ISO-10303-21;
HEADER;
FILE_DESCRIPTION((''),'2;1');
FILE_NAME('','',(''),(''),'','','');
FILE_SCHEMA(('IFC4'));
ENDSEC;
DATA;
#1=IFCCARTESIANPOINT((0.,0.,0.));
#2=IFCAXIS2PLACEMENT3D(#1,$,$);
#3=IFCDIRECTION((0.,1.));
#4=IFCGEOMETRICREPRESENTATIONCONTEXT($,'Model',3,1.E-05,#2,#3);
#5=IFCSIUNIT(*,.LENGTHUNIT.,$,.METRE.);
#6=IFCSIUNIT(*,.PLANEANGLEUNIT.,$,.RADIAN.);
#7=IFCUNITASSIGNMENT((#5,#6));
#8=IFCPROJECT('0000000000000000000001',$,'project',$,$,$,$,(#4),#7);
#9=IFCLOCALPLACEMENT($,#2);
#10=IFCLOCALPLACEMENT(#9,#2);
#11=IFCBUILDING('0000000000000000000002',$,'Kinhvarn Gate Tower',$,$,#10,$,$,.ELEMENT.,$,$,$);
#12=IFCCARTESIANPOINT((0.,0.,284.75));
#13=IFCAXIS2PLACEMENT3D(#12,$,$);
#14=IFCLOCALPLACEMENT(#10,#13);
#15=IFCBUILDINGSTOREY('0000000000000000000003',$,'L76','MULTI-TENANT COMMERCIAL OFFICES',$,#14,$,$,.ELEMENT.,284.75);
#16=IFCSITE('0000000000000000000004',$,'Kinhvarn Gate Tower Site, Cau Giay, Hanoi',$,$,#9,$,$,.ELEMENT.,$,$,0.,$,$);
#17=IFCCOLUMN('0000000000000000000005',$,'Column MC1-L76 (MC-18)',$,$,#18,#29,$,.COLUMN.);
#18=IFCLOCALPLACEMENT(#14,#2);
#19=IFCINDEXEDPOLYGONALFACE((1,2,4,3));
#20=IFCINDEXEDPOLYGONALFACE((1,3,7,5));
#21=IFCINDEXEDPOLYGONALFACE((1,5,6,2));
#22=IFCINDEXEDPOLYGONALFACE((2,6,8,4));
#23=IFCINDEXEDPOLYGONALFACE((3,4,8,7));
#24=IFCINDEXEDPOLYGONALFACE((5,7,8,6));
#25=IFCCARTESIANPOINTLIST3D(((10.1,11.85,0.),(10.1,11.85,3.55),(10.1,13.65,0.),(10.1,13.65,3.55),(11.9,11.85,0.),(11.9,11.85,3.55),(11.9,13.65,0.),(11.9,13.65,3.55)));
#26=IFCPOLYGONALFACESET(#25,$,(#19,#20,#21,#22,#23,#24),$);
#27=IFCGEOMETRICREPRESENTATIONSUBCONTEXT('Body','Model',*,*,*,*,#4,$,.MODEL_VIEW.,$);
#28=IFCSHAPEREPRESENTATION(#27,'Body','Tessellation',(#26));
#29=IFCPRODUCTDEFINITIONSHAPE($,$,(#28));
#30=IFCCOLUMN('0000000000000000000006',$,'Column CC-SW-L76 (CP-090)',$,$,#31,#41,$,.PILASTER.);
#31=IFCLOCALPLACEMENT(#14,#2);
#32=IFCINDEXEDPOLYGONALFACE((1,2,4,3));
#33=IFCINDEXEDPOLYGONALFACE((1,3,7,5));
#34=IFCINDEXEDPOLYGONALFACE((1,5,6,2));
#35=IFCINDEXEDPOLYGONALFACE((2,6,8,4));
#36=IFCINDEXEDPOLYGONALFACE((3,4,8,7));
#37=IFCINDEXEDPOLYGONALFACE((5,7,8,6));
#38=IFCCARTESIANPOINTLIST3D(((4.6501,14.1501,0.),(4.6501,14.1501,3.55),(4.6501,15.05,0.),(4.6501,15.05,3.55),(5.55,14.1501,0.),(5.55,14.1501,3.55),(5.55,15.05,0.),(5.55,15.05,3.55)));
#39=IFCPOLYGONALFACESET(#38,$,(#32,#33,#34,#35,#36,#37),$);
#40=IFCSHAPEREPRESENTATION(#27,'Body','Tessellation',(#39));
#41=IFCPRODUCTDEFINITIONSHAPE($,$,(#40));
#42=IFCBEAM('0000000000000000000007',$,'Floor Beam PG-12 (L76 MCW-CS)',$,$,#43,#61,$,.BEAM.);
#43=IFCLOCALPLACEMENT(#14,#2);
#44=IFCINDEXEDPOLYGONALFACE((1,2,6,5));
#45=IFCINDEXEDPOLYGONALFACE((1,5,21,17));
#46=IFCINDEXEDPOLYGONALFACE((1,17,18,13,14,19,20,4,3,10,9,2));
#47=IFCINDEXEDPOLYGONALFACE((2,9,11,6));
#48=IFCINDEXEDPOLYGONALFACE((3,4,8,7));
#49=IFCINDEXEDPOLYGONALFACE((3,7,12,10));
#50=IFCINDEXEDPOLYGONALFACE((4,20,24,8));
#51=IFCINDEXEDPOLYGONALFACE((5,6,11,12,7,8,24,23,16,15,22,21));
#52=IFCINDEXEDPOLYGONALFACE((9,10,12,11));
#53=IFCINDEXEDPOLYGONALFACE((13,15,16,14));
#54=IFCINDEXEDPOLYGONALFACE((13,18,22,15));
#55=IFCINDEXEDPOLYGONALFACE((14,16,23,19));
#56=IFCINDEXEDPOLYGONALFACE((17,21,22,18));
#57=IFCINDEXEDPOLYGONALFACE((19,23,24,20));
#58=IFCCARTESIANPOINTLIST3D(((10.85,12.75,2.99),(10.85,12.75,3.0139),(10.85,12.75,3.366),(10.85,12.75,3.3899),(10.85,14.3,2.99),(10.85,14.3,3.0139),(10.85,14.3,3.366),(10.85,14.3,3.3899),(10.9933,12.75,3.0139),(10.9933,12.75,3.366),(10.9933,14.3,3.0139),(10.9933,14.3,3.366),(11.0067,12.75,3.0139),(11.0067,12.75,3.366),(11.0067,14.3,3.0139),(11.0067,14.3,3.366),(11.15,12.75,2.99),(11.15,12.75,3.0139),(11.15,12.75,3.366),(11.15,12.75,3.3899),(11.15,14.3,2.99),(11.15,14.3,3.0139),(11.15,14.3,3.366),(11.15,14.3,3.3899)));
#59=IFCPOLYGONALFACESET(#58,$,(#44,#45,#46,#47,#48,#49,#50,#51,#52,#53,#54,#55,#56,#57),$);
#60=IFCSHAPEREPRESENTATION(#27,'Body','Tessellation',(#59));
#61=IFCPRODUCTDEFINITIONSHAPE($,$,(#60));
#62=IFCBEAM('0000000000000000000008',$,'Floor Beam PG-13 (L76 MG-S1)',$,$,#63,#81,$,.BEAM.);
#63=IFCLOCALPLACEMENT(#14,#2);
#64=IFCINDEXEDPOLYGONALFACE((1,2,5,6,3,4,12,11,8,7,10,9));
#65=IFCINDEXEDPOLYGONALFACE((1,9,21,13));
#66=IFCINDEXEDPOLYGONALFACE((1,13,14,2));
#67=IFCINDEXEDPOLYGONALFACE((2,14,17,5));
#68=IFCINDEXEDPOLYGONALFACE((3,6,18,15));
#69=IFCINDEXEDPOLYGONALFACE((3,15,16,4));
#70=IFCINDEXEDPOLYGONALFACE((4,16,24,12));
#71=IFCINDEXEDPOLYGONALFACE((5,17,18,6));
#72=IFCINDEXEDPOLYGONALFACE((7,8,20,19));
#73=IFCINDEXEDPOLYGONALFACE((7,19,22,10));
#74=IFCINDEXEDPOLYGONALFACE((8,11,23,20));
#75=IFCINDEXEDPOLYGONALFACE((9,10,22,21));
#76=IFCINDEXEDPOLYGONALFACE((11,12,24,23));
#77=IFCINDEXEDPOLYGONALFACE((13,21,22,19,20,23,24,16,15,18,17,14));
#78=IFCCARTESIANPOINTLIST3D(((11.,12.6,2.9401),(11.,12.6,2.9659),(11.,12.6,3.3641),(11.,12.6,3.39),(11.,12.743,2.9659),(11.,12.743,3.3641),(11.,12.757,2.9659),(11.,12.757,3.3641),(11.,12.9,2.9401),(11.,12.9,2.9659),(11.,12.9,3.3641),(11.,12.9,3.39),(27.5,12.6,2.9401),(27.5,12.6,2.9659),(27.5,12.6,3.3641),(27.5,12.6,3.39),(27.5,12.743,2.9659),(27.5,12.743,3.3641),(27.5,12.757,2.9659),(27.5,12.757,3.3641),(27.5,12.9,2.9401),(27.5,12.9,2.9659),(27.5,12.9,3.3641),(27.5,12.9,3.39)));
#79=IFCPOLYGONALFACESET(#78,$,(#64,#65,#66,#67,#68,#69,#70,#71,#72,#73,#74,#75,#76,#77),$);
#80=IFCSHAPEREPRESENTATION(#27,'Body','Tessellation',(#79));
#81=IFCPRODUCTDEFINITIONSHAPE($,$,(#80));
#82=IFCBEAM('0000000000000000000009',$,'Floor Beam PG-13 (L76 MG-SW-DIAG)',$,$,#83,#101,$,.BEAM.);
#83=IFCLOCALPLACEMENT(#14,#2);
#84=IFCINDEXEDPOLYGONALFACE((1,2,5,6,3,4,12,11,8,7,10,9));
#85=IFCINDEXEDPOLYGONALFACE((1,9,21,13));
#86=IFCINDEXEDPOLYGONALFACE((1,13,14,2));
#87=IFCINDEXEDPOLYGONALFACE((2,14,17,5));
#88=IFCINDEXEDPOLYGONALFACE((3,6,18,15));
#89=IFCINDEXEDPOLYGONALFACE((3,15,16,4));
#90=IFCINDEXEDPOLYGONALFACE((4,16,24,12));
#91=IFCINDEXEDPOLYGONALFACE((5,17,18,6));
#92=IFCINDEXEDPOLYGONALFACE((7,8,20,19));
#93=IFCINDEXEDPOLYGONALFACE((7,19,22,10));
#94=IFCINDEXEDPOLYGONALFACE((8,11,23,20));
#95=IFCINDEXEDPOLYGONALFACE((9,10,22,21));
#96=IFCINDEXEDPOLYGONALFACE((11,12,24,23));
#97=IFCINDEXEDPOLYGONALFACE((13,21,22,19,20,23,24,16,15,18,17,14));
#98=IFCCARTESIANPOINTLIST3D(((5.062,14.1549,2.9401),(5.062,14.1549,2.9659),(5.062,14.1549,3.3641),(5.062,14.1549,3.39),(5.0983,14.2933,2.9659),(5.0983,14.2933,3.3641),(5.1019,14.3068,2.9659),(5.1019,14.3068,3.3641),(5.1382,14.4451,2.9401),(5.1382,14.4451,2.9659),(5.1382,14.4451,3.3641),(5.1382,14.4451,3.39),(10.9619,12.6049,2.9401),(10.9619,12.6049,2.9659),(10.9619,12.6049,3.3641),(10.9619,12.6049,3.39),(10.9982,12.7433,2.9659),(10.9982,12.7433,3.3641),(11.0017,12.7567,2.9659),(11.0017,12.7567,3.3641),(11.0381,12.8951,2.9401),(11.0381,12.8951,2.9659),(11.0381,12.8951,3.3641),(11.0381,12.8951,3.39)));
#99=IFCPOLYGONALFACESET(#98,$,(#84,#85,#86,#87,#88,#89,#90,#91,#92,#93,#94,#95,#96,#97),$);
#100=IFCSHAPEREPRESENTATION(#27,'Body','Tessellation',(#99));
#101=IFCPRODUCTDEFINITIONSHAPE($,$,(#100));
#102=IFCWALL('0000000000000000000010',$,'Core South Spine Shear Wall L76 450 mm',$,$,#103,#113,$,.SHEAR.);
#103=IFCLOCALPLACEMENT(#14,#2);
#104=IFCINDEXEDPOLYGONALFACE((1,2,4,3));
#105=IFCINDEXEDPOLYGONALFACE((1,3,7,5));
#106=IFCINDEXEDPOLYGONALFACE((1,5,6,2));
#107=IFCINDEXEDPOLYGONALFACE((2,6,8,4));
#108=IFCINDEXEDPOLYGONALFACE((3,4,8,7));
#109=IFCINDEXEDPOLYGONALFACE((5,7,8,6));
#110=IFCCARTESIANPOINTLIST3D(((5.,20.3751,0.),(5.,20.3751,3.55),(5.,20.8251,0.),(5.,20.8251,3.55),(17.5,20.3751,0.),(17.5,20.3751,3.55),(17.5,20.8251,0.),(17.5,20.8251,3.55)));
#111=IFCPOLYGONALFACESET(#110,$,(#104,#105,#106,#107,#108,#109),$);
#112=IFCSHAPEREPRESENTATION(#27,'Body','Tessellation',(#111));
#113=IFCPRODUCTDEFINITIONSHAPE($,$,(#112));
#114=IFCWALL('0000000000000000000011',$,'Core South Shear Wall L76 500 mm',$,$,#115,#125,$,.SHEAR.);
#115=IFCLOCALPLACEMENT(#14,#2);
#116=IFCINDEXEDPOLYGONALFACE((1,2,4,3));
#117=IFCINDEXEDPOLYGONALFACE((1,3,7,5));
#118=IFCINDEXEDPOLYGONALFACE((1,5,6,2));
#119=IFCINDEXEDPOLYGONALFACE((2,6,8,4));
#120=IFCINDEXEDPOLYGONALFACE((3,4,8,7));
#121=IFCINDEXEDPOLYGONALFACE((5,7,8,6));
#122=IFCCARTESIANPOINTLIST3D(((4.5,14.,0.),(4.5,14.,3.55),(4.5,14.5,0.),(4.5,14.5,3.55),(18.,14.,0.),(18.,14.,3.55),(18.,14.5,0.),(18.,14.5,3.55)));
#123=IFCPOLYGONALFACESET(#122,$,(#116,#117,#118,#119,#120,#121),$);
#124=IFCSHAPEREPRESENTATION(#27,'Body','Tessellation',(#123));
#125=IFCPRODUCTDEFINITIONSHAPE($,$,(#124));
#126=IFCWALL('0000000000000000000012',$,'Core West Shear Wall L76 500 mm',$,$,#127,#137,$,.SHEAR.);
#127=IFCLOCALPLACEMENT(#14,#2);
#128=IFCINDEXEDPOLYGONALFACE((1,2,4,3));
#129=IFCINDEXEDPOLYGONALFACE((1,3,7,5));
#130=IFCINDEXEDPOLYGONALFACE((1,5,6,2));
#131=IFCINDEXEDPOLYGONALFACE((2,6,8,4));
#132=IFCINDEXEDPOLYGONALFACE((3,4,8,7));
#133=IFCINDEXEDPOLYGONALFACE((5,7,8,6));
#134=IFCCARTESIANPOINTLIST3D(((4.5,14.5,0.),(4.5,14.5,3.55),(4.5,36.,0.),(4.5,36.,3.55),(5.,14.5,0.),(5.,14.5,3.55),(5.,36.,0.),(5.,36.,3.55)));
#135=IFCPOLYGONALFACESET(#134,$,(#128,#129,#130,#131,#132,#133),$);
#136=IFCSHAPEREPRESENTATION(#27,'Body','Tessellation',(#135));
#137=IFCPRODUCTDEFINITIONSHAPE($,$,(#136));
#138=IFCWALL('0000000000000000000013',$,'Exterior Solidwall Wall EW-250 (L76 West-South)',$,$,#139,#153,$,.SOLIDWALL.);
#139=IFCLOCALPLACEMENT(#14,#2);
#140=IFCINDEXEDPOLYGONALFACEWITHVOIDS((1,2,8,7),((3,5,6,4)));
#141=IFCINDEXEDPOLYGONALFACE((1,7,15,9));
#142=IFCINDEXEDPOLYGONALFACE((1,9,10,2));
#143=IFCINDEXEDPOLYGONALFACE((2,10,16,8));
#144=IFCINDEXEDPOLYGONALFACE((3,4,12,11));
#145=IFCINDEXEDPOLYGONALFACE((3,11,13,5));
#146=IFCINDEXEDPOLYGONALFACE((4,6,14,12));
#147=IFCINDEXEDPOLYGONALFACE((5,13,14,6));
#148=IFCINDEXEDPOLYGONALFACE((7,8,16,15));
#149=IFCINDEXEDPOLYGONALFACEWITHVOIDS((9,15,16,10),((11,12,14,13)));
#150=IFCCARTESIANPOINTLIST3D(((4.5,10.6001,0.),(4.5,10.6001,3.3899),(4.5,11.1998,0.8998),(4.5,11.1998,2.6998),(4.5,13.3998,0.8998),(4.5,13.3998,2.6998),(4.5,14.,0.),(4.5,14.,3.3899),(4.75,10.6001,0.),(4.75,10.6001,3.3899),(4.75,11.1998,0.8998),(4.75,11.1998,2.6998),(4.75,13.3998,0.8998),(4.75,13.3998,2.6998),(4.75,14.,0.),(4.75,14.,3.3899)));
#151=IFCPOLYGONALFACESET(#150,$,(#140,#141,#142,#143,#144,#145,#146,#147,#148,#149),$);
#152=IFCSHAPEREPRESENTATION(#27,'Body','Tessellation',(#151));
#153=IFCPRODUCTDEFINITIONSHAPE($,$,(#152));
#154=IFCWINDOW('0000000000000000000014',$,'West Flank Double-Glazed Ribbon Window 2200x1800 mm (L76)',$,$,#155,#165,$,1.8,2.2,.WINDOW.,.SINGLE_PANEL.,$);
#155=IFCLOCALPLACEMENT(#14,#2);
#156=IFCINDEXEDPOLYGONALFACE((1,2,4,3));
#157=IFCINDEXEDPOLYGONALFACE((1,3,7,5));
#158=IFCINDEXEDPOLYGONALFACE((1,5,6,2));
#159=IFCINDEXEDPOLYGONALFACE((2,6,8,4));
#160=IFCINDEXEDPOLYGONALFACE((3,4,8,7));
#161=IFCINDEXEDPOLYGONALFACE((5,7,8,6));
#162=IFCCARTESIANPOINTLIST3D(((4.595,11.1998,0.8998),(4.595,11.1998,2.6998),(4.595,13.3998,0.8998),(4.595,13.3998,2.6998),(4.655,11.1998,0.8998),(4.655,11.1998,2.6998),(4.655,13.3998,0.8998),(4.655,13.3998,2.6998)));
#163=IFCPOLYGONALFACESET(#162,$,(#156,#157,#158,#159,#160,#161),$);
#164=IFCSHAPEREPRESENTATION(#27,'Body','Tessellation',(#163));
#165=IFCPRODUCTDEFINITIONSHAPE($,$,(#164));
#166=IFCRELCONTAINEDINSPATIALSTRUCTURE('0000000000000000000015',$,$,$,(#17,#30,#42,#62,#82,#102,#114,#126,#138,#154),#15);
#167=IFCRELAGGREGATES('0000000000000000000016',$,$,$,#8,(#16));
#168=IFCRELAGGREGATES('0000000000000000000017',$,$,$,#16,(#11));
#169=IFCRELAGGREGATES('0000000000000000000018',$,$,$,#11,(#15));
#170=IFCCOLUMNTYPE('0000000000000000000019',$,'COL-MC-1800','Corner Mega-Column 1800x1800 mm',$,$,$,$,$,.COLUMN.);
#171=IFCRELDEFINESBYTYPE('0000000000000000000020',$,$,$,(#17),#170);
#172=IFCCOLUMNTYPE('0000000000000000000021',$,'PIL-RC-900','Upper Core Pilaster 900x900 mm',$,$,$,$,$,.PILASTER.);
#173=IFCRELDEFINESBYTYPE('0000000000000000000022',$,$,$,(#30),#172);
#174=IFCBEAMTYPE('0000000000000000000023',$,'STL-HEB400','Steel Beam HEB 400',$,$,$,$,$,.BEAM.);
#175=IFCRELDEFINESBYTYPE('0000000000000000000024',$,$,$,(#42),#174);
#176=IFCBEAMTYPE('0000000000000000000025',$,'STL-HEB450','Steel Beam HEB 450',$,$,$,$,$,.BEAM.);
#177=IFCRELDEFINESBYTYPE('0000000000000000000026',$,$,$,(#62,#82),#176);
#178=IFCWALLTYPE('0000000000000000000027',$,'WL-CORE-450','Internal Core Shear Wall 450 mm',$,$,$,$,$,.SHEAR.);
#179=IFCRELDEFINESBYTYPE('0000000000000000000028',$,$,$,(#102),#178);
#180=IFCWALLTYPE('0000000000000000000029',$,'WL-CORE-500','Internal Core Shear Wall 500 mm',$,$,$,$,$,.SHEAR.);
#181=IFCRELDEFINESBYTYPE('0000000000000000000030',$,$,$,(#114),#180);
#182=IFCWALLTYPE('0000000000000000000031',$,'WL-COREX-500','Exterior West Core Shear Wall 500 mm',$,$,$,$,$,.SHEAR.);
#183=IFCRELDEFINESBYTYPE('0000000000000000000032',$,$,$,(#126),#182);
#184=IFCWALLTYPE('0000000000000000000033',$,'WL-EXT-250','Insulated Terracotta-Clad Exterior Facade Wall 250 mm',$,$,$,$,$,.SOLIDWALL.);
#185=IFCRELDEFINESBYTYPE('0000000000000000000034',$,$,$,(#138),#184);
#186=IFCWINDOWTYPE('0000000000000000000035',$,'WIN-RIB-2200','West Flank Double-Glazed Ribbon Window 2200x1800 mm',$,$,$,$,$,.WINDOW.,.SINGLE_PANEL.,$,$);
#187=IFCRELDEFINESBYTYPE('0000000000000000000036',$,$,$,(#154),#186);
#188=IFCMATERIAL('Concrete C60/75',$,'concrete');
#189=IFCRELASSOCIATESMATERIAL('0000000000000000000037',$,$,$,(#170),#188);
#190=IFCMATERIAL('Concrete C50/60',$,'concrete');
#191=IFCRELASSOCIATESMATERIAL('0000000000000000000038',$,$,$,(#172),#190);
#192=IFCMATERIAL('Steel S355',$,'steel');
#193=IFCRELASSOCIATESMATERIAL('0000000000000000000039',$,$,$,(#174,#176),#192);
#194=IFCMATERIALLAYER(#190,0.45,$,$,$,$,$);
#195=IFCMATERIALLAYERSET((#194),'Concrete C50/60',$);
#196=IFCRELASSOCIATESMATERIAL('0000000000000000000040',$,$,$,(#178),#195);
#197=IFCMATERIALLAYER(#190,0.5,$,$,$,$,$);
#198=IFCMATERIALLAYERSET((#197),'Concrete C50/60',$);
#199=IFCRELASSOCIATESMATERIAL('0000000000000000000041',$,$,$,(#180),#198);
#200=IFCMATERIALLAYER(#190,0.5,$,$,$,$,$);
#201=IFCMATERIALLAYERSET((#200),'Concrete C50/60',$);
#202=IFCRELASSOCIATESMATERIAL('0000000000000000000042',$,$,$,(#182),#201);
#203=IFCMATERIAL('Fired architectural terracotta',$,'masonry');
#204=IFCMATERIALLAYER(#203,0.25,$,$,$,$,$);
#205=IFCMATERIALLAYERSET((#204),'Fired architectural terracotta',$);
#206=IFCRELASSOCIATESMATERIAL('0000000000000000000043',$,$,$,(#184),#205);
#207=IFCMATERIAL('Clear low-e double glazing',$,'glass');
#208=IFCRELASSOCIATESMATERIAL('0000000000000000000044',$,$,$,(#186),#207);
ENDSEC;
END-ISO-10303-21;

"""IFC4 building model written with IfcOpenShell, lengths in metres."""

from ifc_helpers import new_model, si_unit, direction, frame, frame_2d, origin, origin_2d, place, context, subcontext, project, spatial, rectangle, i_section, extrude, material, layer, layer_set, material_profile, profile_set, type_object, element, fill, save


model = new_model("IFC4")

# Units and contexts
model_context = context("Model", 3, precision=1e-05, world=origin(), true_north=direction((0.0, 1.0)))
body_context = subcontext(model_context, "Body", "Model", "MODEL_VIEW")
ifc_project = project(units=[si_unit("LENGTHUNIT", "METRE"), si_unit("PLANEANGLEUNIT", "RADIAN")], contexts=[model_context])

# Site, building, storey
site_placement = place(None, origin())
site = spatial("IfcSite", under=ifc_project, at=site_placement, Name="Kinhvarn Gate Tower Site, Cau Giay, Hanoi", CompositionType="ELEMENT", RefElevation=0.0)
building_placement = place(site_placement, origin())
building = spatial("IfcBuilding", under=site, at=building_placement, Name="Kinhvarn Gate Tower", CompositionType="ELEMENT")
storey_placement = place(building_placement, frame((0.0, 0.0, 284.75)))
storey = spatial("IfcBuildingStorey", under=building, at=storey_placement, Name="L76", Description="MULTI-TENANT COMMERCIAL OFFICES", CompositionType="ELEMENT", Elevation=284.75)

# Columns
ifc_material_1 = material(Name="Concrete C60/75", Category="concrete")
ifc_material_profile_1 = material_profile(ifc_material_1, rectangle(XDim=1.8, YDim=1.8, at=origin_2d()), Name="RC 1800x1800")
ifc_profile_set_1 = profile_set([ifc_material_profile_1], Name="Concrete C60/75")
column_type_1 = type_object("IfcColumnType", Name="COL-MC-1800", Description="Corner Mega-Column 1800x1800 mm", PredefinedType="COLUMN", material=ifc_profile_set_1)
column_1_placement = place(storey_placement, frame((11.0, 12.75, 0.0), z_axis=(0.0, 0.0, 1.0), x_axis=(1.0, 0.0, 0.0)))
element("IfcColumn", 1, at=column_1_placement, inside=storey, type_object=column_type_1, Name="Column MC1-L76 (MC-18)", PredefinedType="COLUMN", context=body_context, shape_type="SweptSolid", body=[
    extrude(rectangle(XDim=1.8, YDim=1.8, at=origin_2d()), origin(), (0.0, 0.0, 1.0), 3.55),
])
ifc_material_2 = material(Name="Concrete C50/60", Category="concrete")
ifc_material_profile_2 = material_profile(ifc_material_2, rectangle(XDim=0.8999, YDim=0.8999, at=origin_2d()), Name="RC 900x900")
ifc_profile_set_2 = profile_set([ifc_material_profile_2], Name="Concrete C50/60")
column_type_2 = type_object("IfcColumnType", Name="PIL-RC-900", Description="Upper Core Pilaster 900x900 mm", PredefinedType="PILASTER", material=ifc_profile_set_2)
column_2_placement = place(storey_placement, frame((5.1001, 14.6001, 0.0), z_axis=(0.0, 0.0, 1.0), x_axis=(1.0, 0.0, 0.0)))
element("IfcColumn", 2, at=column_2_placement, inside=storey, type_object=column_type_2, Name="Column CC-SW-L76 (CP-090)", PredefinedType="PILASTER", context=body_context, shape_type="SweptSolid", body=[
    extrude(rectangle(XDim=0.8999, YDim=0.8999, at=origin_2d()), origin(), (0.0, 0.0, 1.0), 3.55),
])

# Beams
ifc_material_3 = material(Name="Steel S355", Category="steel")
ifc_material_profile_3 = material_profile(ifc_material_3, i_section(OverallWidth=0.3, OverallDepth=0.3999, WebThickness=0.0134, FlangeThickness=0.0239, at=origin_2d()), Name="HEB 400")
ifc_profile_set_3 = profile_set([ifc_material_profile_3], Name="Steel S355")
beam_type_1 = type_object("IfcBeamType", Name="STL-HEB400", Description="Steel Beam HEB 400", PredefinedType="BEAM", material=ifc_profile_set_3)
beam_1_placement = place(storey_placement, frame((11.0, 12.75, 3.1899), z_axis=(0.0, 1.0, 0.0), x_axis=(-1.0, 0.0, 0.0)))
element("IfcBeam", 3, at=beam_1_placement, inside=storey, type_object=beam_type_1, Name="Floor Beam PG-12 (L76 MCW-CS)", PredefinedType="BEAM", context=body_context, shape_type="SweptSolid", body=[
    extrude(i_section(OverallWidth=0.3, OverallDepth=0.3999, WebThickness=0.0134, FlangeThickness=0.0239, at=origin_2d()), origin(), (0.0, 0.0, 1.0), 1.55),
])
ifc_material_profile_4 = material_profile(ifc_material_3, i_section(OverallWidth=0.3, OverallDepth=0.45, WebThickness=0.0139, FlangeThickness=0.0259, at=origin_2d()), Name="HEB 450")
ifc_profile_set_4 = profile_set([ifc_material_profile_4], Name="Steel S355")
beam_type_2 = type_object("IfcBeamType", Name="STL-HEB450", Description="Steel Beam HEB 450", PredefinedType="BEAM", material=ifc_profile_set_4)
beam_2_placement = place(storey_placement, frame((11.0, 12.75, 3.165), z_axis=(1.0, 0.0, 0.0), x_axis=(0.0, 1.0, 0.0)))
element("IfcBeam", 4, at=beam_2_placement, inside=storey, type_object=beam_type_2, Name="Floor Beam PG-13 (L76 MG-S1)", PredefinedType="BEAM", context=body_context, shape_type="SweptSolid", body=[
    extrude(i_section(OverallWidth=0.3, OverallDepth=0.45, WebThickness=0.0139, FlangeThickness=0.0259, at=origin_2d()), origin(), (0.0, 0.0, 1.0), 16.5),
])
beam_3_placement = place(storey_placement, frame((5.1001, 14.3, 3.165), z_axis=(0.967178, -0.254101, 0.0), x_axis=(0.254101, 0.967178, 0.0)))
element("IfcBeam", 5, at=beam_3_placement, inside=storey, type_object=beam_type_2, Name="Floor Beam PG-13 (L76 MG-SW-DIAG)", PredefinedType="BEAM", context=body_context, shape_type="SweptSolid", body=[
    extrude(i_section(OverallWidth=0.3, OverallDepth=0.45, WebThickness=0.0139, FlangeThickness=0.0259, at=origin_2d()), origin(), (0.0, 0.0, 1.0), 6.1001),
])

# Walls
ifc_layer_1 = layer(ifc_material_2, 0.45)
ifc_layer_set_1 = layer_set([ifc_layer_1], Name="Concrete C50/60")
wall_type_1 = type_object("IfcWallType", Name="WL-CORE-450", Description="Internal Core Shear Wall 450 mm", PredefinedType="SHEAR", material=ifc_layer_set_1)
wall_1_placement = place(storey_placement, frame((5.0, 20.6001, 0.0), z_axis=(0.0, 0.0, 1.0), x_axis=(1.0, 0.0, 0.0)))
element("IfcWall", 6, at=wall_1_placement, inside=storey, type_object=wall_type_1, Name="Core South Spine Shear Wall L76 450 mm", PredefinedType="SHEAR", context=body_context, shape_type="SweptSolid", body=[
    extrude(rectangle(XDim=12.5, YDim=0.45, at=frame_2d((6.25, 0.0))), origin(), (0.0, 0.0, 1.0), 3.55),
])
ifc_layer_2 = layer(ifc_material_2, 0.5)
ifc_layer_set_2 = layer_set([ifc_layer_2], Name="Concrete C50/60")
wall_type_2 = type_object("IfcWallType", Name="WL-CORE-500", Description="Internal Core Shear Wall 500 mm", PredefinedType="SHEAR", material=ifc_layer_set_2)
wall_2_placement = place(storey_placement, frame((4.5, 14.25, 0.0), z_axis=(0.0, 0.0, 1.0), x_axis=(1.0, 0.0, 0.0)))
element("IfcWall", 7, at=wall_2_placement, inside=storey, type_object=wall_type_2, Name="Core South Shear Wall L76 500 mm", PredefinedType="SHEAR", context=body_context, shape_type="SweptSolid", body=[
    extrude(rectangle(XDim=13.5, YDim=0.5, at=frame_2d((6.75, 0.0))), origin(), (0.0, 0.0, 1.0), 3.55),
])
ifc_layer_3 = layer(ifc_material_2, 0.5)
ifc_layer_set_3 = layer_set([ifc_layer_3], Name="Concrete C50/60")
wall_type_3 = type_object("IfcWallType", Name="WL-COREX-500", Description="Exterior West Core Shear Wall 500 mm", PredefinedType="SHEAR", material=ifc_layer_set_3)
wall_3_placement = place(storey_placement, frame((4.75, 14.5, 0.0), z_axis=(0.0, 0.0, 1.0), x_axis=(0.0, 1.0, 0.0)))
element("IfcWall", 8, at=wall_3_placement, inside=storey, type_object=wall_type_3, Name="Core West Shear Wall L76 500 mm", PredefinedType="SHEAR", context=body_context, shape_type="SweptSolid", body=[
    extrude(rectangle(XDim=21.5, YDim=0.5, at=frame_2d((10.75, 0.0))), origin(), (0.0, 0.0, 1.0), 3.55),
])

# Wall, opening, window
ifc_material_4 = material(Name="Fired architectural terracotta", Category="masonry")
ifc_layer_4 = layer(ifc_material_4, 0.25)
ifc_layer_set_4 = layer_set([ifc_layer_4], Name="Fired architectural terracotta")
wall_type_4 = type_object("IfcWallType", Name="WL-EXT-250", Description="Insulated Terracotta-Clad Exterior Facade Wall 250 mm", PredefinedType="SOLIDWALL", material=ifc_layer_set_4)
wall_4_placement = place(storey_placement, frame((4.625, 14.0, 0.0), z_axis=(0.0, 0.0, 1.0), x_axis=(0.0, -1.0, 0.0)))
wall_4 = element("IfcWall", 9, at=wall_4_placement, inside=storey, type_object=wall_type_4, Name="Exterior Solidwall Wall EW-250 (L76 West-South)", PredefinedType="SOLIDWALL", context=body_context, shape_type="SweptSolid", body=[
    extrude(rectangle(XDim=3.3999, YDim=0.25, at=frame_2d((1.7, 0.0))), origin(), (0.0, 0.0, 1.0), 3.3899),
])
opening_1_placement = place(wall_4_placement, frame((0.6001, 0.0, 0.8999)))
opening_1 = element("IfcOpeningElement", 10, at=opening_1_placement, cuts=wall_4, PredefinedType="OPENING", context=body_context, shape_type="SweptSolid", body=[
    extrude(rectangle(XDim=2.2, YDim=1.8, at=frame_2d((1.1001, 0.8999))), frame((0.0, 0.135, 0.0), z_axis=(0.0, -1.0, 0.0), x_axis=(1.0, 0.0, 0.0)), (0.0, 0.0, 1.0), 0.27),
])
ifc_material_5 = material(Name="Clear low-e double glazing", Category="glass")
window_type_1 = type_object("IfcWindowType", Name="WIN-RIB-2200", Description="West Flank Double-Glazed Ribbon Window 2200x1800 mm", PartitioningType="SINGLE_PANEL", PredefinedType="WINDOW", material=ifc_material_5)
window_1_placement = place(opening_1_placement, origin())
window_1 = element("IfcWindow", 11, at=window_1_placement, inside=storey, type_object=window_type_1, Name="West Flank Double-Glazed Ribbon Window 2200x1800 mm (L76)", OverallHeight=1.8, OverallWidth=2.2, PartitioningType="SINGLE_PANEL", PredefinedType="WINDOW", context=body_context, shape_type="SweptSolid", body=[
    extrude(rectangle(XDim=2.2, YDim=1.8, at=frame_2d((1.1001, 0.8999))), frame((0.0, 0.03, 0.0), z_axis=(0.0, -1.0, 0.0), x_axis=(1.0, 0.0, 0.0)), (0.0, 0.0, 1.0), 0.0601),
])
fill(opening_1, window_1)

save(model, "model.ifc")
